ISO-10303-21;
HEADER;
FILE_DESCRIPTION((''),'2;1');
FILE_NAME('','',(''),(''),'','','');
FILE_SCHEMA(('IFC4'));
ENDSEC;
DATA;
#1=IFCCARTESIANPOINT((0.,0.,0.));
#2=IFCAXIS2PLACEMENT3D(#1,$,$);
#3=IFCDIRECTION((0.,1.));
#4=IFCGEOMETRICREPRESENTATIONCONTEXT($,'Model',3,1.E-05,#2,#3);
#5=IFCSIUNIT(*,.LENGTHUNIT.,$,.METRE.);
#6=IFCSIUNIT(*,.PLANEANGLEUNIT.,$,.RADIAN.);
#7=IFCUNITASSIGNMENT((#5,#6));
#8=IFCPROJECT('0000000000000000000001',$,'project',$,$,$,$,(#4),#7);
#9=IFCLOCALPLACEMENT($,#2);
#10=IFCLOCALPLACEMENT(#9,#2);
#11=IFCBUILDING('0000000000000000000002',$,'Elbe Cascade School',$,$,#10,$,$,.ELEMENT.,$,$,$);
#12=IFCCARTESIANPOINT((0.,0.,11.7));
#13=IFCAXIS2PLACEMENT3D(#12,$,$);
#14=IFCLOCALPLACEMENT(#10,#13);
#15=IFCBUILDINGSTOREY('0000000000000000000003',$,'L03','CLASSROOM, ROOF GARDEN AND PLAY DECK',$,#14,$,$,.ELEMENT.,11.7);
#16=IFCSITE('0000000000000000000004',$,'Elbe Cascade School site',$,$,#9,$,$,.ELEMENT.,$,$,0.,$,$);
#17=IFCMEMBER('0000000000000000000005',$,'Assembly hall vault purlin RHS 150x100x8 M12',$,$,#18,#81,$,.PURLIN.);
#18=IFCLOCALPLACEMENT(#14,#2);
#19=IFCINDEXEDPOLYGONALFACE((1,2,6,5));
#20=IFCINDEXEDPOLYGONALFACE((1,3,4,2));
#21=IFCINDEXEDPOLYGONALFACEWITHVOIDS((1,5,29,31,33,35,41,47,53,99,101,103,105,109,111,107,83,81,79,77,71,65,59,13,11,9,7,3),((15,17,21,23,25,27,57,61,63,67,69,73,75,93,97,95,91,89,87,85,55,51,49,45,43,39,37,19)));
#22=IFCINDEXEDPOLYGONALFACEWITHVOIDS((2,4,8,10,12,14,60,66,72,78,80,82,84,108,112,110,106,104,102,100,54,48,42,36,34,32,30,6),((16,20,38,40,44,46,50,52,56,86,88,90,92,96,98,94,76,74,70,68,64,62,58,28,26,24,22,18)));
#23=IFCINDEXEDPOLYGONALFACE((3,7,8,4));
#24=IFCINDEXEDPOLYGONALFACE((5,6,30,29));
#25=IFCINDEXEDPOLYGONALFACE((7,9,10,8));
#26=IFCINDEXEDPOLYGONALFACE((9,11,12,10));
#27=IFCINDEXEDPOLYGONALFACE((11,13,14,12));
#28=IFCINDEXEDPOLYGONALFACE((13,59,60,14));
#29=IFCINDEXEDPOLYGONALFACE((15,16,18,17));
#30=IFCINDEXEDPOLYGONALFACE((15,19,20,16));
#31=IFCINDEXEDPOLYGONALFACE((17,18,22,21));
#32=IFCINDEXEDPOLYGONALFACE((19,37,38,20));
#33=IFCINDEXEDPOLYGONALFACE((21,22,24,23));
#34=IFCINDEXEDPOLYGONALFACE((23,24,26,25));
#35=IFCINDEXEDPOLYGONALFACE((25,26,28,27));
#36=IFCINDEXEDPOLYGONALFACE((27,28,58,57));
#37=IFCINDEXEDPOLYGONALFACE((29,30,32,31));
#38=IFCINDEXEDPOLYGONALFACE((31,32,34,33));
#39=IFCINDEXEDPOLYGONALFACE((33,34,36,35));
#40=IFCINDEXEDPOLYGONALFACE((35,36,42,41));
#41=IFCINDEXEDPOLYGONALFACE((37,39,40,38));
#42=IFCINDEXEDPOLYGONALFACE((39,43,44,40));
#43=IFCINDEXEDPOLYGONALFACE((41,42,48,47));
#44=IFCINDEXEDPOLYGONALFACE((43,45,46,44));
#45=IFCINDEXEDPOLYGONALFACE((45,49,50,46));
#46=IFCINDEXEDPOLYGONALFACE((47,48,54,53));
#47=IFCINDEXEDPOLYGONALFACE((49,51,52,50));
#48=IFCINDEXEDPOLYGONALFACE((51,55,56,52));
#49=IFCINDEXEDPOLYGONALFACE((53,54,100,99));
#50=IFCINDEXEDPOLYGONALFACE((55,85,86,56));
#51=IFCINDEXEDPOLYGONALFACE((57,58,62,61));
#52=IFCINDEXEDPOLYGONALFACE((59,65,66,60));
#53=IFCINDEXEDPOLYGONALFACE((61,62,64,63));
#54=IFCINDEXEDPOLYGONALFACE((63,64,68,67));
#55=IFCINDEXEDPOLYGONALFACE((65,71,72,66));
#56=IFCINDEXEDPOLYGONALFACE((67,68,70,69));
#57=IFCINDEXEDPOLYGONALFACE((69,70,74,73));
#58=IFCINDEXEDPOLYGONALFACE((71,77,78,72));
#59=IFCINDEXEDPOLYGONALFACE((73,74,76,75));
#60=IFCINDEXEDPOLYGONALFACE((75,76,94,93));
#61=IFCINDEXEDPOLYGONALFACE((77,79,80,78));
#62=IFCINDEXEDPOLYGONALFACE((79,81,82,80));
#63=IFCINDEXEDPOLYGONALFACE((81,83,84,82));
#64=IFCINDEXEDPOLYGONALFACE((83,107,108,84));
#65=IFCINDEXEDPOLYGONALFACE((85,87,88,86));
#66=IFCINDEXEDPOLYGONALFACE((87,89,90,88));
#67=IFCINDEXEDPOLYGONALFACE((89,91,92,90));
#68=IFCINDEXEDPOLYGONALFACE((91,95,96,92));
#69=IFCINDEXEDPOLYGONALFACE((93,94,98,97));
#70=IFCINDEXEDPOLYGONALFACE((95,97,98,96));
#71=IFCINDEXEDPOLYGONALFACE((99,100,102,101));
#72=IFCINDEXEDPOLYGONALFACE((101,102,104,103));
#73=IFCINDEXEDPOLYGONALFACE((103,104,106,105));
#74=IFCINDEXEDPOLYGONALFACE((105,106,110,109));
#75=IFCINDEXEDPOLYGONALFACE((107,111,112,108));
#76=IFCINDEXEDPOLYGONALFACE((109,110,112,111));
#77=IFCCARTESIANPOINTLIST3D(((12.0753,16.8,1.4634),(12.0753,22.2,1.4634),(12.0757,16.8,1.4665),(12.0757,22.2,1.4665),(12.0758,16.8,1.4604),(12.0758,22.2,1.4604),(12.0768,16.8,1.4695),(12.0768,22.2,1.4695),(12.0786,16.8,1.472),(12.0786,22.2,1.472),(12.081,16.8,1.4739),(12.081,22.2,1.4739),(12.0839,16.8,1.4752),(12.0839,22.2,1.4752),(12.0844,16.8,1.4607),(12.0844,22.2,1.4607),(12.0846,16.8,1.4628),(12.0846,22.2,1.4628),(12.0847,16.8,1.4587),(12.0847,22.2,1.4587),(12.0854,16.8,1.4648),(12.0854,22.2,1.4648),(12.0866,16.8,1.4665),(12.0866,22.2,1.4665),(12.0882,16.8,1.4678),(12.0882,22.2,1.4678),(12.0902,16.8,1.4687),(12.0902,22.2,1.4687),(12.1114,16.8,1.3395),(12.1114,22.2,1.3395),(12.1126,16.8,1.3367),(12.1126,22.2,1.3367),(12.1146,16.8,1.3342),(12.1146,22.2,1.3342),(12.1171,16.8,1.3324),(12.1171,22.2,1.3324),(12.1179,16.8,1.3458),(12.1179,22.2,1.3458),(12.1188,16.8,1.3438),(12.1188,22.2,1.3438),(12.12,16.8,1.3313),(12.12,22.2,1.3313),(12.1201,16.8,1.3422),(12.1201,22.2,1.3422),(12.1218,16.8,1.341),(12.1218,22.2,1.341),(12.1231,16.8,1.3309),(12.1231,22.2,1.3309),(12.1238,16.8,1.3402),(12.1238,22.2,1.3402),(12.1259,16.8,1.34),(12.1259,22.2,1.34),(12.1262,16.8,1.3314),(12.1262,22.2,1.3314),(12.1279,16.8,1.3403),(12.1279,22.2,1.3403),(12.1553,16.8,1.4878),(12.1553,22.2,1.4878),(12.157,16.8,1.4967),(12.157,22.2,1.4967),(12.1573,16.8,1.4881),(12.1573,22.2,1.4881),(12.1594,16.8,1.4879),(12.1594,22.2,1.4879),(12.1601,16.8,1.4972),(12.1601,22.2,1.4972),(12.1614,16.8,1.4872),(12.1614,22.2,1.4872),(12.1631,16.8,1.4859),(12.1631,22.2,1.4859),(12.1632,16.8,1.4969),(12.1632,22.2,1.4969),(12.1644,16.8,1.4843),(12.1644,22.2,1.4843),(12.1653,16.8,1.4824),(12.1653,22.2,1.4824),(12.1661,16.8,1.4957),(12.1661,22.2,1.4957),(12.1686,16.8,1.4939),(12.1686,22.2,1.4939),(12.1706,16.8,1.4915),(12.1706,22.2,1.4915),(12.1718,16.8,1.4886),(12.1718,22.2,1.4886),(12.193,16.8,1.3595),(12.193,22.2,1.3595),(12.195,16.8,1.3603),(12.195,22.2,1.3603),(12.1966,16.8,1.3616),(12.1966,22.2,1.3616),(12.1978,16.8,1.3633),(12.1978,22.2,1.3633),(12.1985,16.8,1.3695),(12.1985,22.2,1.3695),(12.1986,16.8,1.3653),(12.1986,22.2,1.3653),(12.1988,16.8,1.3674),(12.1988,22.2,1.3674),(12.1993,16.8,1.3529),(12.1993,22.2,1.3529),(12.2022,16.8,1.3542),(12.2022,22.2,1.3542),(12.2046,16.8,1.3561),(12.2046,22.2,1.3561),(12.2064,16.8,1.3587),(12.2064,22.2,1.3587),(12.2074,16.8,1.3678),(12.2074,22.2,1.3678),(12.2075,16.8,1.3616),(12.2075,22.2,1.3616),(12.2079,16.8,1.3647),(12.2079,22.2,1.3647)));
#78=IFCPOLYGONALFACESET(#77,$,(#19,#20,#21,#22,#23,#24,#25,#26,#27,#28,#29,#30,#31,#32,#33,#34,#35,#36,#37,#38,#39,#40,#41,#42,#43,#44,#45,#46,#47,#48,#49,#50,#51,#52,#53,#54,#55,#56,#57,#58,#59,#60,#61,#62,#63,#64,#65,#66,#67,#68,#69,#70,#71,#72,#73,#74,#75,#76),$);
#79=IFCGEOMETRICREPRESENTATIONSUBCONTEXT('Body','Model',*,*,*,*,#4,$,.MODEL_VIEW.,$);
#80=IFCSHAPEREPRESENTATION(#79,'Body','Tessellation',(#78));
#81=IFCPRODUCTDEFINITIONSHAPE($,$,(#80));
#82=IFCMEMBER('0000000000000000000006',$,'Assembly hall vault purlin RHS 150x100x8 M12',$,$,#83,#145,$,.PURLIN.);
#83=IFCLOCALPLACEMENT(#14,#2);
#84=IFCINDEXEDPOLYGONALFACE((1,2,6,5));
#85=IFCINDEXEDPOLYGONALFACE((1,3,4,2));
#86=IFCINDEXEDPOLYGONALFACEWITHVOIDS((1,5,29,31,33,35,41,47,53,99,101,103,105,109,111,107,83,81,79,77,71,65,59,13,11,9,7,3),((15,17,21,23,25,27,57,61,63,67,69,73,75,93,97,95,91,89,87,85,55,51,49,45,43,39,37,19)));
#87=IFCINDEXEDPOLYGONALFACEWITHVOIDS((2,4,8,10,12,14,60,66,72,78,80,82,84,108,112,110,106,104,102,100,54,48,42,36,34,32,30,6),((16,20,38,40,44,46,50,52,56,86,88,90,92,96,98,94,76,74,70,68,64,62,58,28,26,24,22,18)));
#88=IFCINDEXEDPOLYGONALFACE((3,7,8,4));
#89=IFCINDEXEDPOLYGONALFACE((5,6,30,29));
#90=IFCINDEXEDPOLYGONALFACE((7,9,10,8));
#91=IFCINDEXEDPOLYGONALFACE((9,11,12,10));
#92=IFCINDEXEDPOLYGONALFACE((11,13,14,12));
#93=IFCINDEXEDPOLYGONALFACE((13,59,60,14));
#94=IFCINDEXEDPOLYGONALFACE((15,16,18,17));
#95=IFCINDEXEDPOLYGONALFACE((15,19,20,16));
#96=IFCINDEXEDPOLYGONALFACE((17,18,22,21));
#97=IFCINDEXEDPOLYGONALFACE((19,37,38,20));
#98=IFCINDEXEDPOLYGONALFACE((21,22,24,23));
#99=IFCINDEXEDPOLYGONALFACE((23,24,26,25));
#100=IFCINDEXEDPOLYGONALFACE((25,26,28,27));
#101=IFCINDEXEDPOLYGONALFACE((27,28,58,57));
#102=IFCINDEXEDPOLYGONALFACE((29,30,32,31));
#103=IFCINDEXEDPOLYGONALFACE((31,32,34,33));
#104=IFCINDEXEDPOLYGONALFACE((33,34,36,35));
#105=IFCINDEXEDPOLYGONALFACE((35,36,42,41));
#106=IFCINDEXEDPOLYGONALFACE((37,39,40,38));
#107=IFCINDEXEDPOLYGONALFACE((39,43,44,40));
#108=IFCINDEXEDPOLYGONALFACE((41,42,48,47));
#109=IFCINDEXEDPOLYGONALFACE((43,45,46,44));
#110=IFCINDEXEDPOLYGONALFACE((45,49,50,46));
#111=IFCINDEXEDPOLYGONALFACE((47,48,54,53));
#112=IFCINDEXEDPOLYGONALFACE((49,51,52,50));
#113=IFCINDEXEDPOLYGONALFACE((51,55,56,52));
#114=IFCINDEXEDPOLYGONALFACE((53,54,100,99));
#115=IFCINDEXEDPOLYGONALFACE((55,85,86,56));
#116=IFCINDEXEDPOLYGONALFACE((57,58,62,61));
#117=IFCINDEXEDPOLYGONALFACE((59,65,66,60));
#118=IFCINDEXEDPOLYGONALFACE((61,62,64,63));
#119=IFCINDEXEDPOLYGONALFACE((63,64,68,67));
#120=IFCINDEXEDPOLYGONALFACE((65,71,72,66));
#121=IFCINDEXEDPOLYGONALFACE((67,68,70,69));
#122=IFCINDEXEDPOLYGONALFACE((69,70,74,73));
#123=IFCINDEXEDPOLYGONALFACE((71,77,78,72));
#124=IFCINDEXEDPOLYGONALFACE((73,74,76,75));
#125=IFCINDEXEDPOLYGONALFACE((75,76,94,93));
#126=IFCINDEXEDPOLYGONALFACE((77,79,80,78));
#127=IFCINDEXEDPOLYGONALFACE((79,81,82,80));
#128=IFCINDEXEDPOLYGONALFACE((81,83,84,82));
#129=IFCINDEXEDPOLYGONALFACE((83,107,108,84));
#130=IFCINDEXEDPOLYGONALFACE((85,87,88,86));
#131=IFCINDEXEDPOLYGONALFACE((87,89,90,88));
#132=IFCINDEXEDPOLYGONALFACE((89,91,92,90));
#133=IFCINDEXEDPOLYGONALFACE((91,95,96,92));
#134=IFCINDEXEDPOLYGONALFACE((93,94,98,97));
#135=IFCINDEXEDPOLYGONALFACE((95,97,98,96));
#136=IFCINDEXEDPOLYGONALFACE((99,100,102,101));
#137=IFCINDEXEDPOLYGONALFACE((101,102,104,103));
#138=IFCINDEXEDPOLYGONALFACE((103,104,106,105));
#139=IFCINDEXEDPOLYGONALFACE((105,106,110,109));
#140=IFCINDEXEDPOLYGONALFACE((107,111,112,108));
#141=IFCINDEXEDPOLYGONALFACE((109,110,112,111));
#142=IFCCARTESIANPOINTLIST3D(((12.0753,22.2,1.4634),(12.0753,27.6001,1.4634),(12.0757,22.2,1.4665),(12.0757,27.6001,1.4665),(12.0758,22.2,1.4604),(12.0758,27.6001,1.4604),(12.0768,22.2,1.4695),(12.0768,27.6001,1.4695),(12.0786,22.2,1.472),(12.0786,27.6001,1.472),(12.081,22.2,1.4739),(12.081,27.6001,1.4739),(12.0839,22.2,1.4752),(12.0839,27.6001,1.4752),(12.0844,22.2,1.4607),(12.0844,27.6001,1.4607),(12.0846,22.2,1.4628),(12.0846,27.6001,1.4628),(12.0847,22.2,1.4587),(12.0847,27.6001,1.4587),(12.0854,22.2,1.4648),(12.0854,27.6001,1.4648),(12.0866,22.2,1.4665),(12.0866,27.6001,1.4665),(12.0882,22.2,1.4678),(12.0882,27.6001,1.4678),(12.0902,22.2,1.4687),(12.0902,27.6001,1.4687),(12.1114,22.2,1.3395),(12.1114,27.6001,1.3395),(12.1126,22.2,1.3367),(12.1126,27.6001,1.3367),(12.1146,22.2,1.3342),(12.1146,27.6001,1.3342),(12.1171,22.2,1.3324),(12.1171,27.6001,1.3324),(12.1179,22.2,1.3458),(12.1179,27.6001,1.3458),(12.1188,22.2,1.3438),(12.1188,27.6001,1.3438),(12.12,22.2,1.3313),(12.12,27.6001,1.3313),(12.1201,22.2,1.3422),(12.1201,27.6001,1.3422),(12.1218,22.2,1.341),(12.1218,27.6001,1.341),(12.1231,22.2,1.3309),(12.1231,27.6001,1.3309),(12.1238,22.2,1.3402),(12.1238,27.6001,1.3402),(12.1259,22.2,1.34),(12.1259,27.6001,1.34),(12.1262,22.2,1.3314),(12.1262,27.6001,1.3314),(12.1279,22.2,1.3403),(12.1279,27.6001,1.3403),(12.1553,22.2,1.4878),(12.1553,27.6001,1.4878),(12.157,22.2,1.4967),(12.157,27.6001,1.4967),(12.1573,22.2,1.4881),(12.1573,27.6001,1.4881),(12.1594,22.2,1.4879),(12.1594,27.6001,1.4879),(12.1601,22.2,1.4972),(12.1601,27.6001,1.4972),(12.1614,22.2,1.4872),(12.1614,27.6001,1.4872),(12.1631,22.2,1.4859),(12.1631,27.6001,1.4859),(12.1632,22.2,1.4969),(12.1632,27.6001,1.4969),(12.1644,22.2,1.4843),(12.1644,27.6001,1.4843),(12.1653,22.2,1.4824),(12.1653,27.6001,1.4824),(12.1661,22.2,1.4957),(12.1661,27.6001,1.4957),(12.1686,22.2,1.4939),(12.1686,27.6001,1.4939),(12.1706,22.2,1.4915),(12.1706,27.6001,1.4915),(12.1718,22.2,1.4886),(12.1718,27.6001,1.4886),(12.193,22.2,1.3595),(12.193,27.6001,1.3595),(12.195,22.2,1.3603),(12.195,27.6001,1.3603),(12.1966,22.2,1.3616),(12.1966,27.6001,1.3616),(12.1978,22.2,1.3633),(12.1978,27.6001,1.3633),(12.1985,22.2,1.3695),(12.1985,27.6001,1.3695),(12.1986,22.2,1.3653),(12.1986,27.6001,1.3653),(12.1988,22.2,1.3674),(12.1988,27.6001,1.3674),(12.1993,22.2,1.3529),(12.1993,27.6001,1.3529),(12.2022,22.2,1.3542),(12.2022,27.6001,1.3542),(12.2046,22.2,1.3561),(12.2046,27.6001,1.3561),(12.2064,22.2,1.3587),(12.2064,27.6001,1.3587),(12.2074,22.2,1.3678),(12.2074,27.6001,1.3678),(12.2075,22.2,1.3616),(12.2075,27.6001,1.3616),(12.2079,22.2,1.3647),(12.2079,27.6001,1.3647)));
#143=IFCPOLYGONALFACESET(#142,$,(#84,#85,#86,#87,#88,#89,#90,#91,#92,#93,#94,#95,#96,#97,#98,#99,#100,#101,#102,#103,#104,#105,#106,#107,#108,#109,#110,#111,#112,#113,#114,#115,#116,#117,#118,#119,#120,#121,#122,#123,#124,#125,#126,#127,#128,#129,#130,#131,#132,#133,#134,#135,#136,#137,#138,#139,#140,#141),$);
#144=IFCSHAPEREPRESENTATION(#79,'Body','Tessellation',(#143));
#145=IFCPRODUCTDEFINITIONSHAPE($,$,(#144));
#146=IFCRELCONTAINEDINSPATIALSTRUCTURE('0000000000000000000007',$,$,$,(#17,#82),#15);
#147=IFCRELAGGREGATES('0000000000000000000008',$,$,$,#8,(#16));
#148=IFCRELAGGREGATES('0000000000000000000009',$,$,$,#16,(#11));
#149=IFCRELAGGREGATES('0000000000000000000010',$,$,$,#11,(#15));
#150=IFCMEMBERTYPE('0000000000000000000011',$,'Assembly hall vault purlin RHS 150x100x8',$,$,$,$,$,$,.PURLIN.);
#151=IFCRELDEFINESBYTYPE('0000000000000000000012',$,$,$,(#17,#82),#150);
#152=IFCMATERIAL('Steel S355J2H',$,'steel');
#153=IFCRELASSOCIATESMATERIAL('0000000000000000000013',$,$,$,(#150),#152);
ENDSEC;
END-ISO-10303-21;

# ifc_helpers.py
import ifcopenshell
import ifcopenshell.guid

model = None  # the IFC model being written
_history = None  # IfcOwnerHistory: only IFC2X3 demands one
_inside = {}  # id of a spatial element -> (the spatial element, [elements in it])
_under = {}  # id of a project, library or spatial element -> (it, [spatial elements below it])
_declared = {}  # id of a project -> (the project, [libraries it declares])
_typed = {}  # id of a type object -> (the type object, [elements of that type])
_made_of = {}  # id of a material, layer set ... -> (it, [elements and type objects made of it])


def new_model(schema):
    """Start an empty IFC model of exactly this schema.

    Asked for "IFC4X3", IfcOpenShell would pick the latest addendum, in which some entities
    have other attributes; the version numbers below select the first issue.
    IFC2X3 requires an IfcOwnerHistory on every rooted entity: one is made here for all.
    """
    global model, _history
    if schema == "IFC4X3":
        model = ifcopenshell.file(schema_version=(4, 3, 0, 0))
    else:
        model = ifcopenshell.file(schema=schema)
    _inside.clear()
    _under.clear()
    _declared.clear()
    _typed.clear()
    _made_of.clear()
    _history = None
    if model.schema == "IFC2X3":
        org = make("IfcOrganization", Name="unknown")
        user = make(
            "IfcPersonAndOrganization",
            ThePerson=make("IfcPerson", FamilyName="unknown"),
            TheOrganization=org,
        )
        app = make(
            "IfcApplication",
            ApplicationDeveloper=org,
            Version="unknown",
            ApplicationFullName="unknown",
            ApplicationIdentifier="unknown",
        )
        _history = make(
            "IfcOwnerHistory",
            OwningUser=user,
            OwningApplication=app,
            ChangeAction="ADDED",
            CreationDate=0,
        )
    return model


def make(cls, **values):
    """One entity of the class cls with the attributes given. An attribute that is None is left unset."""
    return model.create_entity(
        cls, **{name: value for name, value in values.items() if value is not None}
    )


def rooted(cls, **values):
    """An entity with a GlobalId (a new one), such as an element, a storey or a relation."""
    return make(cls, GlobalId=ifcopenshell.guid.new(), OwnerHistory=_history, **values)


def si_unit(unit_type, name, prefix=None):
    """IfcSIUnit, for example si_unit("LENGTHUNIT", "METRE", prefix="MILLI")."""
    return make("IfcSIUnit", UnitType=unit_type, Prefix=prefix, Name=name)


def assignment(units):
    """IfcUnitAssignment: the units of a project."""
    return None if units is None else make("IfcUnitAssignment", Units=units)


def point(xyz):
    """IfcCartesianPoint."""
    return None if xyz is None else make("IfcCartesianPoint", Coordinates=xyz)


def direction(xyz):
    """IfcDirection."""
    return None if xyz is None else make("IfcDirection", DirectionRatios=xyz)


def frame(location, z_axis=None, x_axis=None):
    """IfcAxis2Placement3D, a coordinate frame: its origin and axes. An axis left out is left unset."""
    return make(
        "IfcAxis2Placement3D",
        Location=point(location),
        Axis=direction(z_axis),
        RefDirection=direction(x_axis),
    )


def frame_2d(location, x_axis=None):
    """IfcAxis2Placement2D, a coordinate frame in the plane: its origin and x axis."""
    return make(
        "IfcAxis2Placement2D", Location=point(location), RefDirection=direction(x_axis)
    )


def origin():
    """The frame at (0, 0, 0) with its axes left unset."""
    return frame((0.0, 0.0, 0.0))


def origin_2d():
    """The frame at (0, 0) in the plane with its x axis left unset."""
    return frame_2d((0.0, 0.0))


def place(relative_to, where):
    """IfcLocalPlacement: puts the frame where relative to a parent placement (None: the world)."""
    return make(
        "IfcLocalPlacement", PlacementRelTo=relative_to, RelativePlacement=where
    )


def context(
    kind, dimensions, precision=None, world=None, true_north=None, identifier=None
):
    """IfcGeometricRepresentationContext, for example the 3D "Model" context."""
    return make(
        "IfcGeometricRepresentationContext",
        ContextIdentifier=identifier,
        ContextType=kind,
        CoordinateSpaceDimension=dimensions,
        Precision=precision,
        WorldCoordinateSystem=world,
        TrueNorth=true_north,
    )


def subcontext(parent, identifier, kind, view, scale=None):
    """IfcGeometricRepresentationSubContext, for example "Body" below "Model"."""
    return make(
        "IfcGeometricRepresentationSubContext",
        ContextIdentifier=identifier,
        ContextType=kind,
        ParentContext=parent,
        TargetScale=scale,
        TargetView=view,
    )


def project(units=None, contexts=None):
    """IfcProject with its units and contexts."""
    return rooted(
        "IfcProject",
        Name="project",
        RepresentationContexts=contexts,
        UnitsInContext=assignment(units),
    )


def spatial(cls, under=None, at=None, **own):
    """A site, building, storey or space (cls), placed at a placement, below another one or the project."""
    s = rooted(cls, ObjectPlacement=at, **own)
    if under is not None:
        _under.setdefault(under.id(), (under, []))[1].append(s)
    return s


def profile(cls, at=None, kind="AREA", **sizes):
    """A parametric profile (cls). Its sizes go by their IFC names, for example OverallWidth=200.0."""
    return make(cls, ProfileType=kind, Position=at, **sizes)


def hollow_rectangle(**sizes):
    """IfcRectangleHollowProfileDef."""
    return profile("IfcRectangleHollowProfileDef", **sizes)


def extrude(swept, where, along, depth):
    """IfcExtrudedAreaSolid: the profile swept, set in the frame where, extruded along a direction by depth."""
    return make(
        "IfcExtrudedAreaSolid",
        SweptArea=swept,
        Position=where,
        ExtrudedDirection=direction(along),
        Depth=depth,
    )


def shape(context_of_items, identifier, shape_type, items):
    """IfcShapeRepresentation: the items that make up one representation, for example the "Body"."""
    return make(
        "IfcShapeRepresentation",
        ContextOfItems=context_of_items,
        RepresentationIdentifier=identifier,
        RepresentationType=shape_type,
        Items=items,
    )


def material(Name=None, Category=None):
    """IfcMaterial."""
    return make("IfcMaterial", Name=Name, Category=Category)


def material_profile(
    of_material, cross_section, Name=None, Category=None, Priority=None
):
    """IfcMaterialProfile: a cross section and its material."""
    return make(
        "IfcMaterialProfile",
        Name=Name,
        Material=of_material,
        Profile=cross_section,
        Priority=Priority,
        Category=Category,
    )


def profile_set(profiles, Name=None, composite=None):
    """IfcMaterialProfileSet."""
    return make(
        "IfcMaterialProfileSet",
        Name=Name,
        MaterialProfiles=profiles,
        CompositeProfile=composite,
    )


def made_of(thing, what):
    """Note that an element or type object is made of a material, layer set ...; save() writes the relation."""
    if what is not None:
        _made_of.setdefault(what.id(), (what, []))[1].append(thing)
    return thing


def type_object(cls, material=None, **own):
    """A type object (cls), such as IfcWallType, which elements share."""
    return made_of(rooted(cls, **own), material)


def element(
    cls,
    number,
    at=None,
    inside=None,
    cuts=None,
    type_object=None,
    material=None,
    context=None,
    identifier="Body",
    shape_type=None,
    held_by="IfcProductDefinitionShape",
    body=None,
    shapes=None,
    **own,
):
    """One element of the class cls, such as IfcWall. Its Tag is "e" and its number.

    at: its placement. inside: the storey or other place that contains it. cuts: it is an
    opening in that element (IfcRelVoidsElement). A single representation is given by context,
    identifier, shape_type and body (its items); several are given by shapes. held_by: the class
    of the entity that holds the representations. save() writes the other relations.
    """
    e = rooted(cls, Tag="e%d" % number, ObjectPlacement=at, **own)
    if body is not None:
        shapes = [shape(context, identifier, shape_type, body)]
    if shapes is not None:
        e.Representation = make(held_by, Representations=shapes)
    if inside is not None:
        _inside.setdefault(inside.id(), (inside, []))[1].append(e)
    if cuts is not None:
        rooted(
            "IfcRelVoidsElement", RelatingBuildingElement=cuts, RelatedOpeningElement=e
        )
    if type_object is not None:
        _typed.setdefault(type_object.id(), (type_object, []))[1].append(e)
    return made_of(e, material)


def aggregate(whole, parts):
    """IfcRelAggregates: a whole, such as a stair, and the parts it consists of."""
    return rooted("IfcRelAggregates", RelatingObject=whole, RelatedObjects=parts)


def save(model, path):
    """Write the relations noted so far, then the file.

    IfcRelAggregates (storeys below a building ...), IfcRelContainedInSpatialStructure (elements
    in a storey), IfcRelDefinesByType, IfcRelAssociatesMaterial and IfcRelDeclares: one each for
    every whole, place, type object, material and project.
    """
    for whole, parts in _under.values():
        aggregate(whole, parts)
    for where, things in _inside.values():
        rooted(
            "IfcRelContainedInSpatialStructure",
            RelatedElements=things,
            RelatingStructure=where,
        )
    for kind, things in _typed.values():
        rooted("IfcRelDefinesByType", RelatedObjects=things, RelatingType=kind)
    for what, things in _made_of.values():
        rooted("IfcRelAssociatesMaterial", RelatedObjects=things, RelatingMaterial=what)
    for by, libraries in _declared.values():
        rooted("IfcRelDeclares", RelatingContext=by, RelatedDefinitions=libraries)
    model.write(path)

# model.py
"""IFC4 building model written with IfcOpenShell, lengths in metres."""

from ifc_helpers import new_model, si_unit, direction, frame, origin, origin_2d, place, context, subcontext, project, spatial, hollow_rectangle, extrude, material, material_profile, profile_set, type_object, element, save


model = new_model("IFC4")

# Units and contexts
model_context = context("Model", 3, precision=1e-05, world=origin(), true_north=direction((0.0, 1.0)))
body_context = subcontext(model_context, "Body", "Model", "MODEL_VIEW")
ifc_project = project(units=[si_unit("LENGTHUNIT", "METRE"), si_unit("PLANEANGLEUNIT", "RADIAN")], contexts=[model_context])

# Site, building, storey
site_placement = place(None, origin())
site = spatial("IfcSite", under=ifc_project, at=site_placement, Name="Elbe Cascade School site", CompositionType="ELEMENT", RefElevation=0.0)
building_placement = place(site_placement, origin())
building = spatial("IfcBuilding", under=site, at=building_placement, Name="Elbe Cascade School", CompositionType="ELEMENT")
storey_placement = place(building_placement, frame((0.0, 0.0, 11.7)))
storey = spatial("IfcBuildingStorey", under=building, at=storey_placement, Name="L03", Description="CLASSROOM, ROOF GARDEN AND PLAY DECK", CompositionType="ELEMENT", Elevation=11.7)

# Members
ifc_material_1 = material(Name="Steel S355J2H", Category="steel")
ifc_material_profile_1 = material_profile(ifc_material_1, hollow_rectangle(XDim=0.1001, YDim=0.1499, WallThickness=0.0081, InnerFilletRadius=0.0081, OuterFilletRadius=0.012, at=origin_2d()), Name="RHS 150x100x8")
ifc_profile_set_1 = profile_set([ifc_material_profile_1], Name="Steel S355J2H")
member_type_1 = type_object("IfcMemberType", Name="Assembly hall vault purlin RHS 150x100x8", PredefinedType="PURLIN", material=ifc_profile_set_1)
member_1_placement = place(storey_placement, frame((12.1416, 16.8, 1.4141), z_axis=(0.0, 1.0, 0.0), x_axis=(-0.959321, 0.0, -0.282318)))
element("IfcMember", 1, at=member_1_placement, inside=storey, type_object=member_type_1, Name="Assembly hall vault purlin RHS 150x100x8 M12", PredefinedType="PURLIN", context=body_context, shape_type="SweptSolid", body=[
    extrude(hollow_rectangle(XDim=0.1001, YDim=0.1499, WallThickness=0.0081, InnerFilletRadius=0.0081, OuterFilletRadius=0.012, at=origin_2d()), origin(), (0.0, 0.0, 1.0), 5.3999),
])
for number, where, z_axis, x_axis, name in (
    (2, (12.1416, 22.2, 1.4141), (0.0, 1.0, 0.0), (-0.959321, 0.0, -0.282318), "Assembly hall vault purlin RHS 150x100x8 M12"),
):
    element("IfcMember", number, at=place(storey_placement, frame(where, z_axis=z_axis, x_axis=x_axis)), inside=storey, type_object=member_type_1, Name=name, PredefinedType="PURLIN", context=body_context, shape_type="SweptSolid", body=[
        extrude(hollow_rectangle(XDim=0.1001, YDim=0.1499, WallThickness=0.0081, InnerFilletRadius=0.0081, OuterFilletRadius=0.012, at=origin_2d()), origin(), (0.0, 0.0, 1.0), 5.4001),
    ])

save(model, "model.ifc")
